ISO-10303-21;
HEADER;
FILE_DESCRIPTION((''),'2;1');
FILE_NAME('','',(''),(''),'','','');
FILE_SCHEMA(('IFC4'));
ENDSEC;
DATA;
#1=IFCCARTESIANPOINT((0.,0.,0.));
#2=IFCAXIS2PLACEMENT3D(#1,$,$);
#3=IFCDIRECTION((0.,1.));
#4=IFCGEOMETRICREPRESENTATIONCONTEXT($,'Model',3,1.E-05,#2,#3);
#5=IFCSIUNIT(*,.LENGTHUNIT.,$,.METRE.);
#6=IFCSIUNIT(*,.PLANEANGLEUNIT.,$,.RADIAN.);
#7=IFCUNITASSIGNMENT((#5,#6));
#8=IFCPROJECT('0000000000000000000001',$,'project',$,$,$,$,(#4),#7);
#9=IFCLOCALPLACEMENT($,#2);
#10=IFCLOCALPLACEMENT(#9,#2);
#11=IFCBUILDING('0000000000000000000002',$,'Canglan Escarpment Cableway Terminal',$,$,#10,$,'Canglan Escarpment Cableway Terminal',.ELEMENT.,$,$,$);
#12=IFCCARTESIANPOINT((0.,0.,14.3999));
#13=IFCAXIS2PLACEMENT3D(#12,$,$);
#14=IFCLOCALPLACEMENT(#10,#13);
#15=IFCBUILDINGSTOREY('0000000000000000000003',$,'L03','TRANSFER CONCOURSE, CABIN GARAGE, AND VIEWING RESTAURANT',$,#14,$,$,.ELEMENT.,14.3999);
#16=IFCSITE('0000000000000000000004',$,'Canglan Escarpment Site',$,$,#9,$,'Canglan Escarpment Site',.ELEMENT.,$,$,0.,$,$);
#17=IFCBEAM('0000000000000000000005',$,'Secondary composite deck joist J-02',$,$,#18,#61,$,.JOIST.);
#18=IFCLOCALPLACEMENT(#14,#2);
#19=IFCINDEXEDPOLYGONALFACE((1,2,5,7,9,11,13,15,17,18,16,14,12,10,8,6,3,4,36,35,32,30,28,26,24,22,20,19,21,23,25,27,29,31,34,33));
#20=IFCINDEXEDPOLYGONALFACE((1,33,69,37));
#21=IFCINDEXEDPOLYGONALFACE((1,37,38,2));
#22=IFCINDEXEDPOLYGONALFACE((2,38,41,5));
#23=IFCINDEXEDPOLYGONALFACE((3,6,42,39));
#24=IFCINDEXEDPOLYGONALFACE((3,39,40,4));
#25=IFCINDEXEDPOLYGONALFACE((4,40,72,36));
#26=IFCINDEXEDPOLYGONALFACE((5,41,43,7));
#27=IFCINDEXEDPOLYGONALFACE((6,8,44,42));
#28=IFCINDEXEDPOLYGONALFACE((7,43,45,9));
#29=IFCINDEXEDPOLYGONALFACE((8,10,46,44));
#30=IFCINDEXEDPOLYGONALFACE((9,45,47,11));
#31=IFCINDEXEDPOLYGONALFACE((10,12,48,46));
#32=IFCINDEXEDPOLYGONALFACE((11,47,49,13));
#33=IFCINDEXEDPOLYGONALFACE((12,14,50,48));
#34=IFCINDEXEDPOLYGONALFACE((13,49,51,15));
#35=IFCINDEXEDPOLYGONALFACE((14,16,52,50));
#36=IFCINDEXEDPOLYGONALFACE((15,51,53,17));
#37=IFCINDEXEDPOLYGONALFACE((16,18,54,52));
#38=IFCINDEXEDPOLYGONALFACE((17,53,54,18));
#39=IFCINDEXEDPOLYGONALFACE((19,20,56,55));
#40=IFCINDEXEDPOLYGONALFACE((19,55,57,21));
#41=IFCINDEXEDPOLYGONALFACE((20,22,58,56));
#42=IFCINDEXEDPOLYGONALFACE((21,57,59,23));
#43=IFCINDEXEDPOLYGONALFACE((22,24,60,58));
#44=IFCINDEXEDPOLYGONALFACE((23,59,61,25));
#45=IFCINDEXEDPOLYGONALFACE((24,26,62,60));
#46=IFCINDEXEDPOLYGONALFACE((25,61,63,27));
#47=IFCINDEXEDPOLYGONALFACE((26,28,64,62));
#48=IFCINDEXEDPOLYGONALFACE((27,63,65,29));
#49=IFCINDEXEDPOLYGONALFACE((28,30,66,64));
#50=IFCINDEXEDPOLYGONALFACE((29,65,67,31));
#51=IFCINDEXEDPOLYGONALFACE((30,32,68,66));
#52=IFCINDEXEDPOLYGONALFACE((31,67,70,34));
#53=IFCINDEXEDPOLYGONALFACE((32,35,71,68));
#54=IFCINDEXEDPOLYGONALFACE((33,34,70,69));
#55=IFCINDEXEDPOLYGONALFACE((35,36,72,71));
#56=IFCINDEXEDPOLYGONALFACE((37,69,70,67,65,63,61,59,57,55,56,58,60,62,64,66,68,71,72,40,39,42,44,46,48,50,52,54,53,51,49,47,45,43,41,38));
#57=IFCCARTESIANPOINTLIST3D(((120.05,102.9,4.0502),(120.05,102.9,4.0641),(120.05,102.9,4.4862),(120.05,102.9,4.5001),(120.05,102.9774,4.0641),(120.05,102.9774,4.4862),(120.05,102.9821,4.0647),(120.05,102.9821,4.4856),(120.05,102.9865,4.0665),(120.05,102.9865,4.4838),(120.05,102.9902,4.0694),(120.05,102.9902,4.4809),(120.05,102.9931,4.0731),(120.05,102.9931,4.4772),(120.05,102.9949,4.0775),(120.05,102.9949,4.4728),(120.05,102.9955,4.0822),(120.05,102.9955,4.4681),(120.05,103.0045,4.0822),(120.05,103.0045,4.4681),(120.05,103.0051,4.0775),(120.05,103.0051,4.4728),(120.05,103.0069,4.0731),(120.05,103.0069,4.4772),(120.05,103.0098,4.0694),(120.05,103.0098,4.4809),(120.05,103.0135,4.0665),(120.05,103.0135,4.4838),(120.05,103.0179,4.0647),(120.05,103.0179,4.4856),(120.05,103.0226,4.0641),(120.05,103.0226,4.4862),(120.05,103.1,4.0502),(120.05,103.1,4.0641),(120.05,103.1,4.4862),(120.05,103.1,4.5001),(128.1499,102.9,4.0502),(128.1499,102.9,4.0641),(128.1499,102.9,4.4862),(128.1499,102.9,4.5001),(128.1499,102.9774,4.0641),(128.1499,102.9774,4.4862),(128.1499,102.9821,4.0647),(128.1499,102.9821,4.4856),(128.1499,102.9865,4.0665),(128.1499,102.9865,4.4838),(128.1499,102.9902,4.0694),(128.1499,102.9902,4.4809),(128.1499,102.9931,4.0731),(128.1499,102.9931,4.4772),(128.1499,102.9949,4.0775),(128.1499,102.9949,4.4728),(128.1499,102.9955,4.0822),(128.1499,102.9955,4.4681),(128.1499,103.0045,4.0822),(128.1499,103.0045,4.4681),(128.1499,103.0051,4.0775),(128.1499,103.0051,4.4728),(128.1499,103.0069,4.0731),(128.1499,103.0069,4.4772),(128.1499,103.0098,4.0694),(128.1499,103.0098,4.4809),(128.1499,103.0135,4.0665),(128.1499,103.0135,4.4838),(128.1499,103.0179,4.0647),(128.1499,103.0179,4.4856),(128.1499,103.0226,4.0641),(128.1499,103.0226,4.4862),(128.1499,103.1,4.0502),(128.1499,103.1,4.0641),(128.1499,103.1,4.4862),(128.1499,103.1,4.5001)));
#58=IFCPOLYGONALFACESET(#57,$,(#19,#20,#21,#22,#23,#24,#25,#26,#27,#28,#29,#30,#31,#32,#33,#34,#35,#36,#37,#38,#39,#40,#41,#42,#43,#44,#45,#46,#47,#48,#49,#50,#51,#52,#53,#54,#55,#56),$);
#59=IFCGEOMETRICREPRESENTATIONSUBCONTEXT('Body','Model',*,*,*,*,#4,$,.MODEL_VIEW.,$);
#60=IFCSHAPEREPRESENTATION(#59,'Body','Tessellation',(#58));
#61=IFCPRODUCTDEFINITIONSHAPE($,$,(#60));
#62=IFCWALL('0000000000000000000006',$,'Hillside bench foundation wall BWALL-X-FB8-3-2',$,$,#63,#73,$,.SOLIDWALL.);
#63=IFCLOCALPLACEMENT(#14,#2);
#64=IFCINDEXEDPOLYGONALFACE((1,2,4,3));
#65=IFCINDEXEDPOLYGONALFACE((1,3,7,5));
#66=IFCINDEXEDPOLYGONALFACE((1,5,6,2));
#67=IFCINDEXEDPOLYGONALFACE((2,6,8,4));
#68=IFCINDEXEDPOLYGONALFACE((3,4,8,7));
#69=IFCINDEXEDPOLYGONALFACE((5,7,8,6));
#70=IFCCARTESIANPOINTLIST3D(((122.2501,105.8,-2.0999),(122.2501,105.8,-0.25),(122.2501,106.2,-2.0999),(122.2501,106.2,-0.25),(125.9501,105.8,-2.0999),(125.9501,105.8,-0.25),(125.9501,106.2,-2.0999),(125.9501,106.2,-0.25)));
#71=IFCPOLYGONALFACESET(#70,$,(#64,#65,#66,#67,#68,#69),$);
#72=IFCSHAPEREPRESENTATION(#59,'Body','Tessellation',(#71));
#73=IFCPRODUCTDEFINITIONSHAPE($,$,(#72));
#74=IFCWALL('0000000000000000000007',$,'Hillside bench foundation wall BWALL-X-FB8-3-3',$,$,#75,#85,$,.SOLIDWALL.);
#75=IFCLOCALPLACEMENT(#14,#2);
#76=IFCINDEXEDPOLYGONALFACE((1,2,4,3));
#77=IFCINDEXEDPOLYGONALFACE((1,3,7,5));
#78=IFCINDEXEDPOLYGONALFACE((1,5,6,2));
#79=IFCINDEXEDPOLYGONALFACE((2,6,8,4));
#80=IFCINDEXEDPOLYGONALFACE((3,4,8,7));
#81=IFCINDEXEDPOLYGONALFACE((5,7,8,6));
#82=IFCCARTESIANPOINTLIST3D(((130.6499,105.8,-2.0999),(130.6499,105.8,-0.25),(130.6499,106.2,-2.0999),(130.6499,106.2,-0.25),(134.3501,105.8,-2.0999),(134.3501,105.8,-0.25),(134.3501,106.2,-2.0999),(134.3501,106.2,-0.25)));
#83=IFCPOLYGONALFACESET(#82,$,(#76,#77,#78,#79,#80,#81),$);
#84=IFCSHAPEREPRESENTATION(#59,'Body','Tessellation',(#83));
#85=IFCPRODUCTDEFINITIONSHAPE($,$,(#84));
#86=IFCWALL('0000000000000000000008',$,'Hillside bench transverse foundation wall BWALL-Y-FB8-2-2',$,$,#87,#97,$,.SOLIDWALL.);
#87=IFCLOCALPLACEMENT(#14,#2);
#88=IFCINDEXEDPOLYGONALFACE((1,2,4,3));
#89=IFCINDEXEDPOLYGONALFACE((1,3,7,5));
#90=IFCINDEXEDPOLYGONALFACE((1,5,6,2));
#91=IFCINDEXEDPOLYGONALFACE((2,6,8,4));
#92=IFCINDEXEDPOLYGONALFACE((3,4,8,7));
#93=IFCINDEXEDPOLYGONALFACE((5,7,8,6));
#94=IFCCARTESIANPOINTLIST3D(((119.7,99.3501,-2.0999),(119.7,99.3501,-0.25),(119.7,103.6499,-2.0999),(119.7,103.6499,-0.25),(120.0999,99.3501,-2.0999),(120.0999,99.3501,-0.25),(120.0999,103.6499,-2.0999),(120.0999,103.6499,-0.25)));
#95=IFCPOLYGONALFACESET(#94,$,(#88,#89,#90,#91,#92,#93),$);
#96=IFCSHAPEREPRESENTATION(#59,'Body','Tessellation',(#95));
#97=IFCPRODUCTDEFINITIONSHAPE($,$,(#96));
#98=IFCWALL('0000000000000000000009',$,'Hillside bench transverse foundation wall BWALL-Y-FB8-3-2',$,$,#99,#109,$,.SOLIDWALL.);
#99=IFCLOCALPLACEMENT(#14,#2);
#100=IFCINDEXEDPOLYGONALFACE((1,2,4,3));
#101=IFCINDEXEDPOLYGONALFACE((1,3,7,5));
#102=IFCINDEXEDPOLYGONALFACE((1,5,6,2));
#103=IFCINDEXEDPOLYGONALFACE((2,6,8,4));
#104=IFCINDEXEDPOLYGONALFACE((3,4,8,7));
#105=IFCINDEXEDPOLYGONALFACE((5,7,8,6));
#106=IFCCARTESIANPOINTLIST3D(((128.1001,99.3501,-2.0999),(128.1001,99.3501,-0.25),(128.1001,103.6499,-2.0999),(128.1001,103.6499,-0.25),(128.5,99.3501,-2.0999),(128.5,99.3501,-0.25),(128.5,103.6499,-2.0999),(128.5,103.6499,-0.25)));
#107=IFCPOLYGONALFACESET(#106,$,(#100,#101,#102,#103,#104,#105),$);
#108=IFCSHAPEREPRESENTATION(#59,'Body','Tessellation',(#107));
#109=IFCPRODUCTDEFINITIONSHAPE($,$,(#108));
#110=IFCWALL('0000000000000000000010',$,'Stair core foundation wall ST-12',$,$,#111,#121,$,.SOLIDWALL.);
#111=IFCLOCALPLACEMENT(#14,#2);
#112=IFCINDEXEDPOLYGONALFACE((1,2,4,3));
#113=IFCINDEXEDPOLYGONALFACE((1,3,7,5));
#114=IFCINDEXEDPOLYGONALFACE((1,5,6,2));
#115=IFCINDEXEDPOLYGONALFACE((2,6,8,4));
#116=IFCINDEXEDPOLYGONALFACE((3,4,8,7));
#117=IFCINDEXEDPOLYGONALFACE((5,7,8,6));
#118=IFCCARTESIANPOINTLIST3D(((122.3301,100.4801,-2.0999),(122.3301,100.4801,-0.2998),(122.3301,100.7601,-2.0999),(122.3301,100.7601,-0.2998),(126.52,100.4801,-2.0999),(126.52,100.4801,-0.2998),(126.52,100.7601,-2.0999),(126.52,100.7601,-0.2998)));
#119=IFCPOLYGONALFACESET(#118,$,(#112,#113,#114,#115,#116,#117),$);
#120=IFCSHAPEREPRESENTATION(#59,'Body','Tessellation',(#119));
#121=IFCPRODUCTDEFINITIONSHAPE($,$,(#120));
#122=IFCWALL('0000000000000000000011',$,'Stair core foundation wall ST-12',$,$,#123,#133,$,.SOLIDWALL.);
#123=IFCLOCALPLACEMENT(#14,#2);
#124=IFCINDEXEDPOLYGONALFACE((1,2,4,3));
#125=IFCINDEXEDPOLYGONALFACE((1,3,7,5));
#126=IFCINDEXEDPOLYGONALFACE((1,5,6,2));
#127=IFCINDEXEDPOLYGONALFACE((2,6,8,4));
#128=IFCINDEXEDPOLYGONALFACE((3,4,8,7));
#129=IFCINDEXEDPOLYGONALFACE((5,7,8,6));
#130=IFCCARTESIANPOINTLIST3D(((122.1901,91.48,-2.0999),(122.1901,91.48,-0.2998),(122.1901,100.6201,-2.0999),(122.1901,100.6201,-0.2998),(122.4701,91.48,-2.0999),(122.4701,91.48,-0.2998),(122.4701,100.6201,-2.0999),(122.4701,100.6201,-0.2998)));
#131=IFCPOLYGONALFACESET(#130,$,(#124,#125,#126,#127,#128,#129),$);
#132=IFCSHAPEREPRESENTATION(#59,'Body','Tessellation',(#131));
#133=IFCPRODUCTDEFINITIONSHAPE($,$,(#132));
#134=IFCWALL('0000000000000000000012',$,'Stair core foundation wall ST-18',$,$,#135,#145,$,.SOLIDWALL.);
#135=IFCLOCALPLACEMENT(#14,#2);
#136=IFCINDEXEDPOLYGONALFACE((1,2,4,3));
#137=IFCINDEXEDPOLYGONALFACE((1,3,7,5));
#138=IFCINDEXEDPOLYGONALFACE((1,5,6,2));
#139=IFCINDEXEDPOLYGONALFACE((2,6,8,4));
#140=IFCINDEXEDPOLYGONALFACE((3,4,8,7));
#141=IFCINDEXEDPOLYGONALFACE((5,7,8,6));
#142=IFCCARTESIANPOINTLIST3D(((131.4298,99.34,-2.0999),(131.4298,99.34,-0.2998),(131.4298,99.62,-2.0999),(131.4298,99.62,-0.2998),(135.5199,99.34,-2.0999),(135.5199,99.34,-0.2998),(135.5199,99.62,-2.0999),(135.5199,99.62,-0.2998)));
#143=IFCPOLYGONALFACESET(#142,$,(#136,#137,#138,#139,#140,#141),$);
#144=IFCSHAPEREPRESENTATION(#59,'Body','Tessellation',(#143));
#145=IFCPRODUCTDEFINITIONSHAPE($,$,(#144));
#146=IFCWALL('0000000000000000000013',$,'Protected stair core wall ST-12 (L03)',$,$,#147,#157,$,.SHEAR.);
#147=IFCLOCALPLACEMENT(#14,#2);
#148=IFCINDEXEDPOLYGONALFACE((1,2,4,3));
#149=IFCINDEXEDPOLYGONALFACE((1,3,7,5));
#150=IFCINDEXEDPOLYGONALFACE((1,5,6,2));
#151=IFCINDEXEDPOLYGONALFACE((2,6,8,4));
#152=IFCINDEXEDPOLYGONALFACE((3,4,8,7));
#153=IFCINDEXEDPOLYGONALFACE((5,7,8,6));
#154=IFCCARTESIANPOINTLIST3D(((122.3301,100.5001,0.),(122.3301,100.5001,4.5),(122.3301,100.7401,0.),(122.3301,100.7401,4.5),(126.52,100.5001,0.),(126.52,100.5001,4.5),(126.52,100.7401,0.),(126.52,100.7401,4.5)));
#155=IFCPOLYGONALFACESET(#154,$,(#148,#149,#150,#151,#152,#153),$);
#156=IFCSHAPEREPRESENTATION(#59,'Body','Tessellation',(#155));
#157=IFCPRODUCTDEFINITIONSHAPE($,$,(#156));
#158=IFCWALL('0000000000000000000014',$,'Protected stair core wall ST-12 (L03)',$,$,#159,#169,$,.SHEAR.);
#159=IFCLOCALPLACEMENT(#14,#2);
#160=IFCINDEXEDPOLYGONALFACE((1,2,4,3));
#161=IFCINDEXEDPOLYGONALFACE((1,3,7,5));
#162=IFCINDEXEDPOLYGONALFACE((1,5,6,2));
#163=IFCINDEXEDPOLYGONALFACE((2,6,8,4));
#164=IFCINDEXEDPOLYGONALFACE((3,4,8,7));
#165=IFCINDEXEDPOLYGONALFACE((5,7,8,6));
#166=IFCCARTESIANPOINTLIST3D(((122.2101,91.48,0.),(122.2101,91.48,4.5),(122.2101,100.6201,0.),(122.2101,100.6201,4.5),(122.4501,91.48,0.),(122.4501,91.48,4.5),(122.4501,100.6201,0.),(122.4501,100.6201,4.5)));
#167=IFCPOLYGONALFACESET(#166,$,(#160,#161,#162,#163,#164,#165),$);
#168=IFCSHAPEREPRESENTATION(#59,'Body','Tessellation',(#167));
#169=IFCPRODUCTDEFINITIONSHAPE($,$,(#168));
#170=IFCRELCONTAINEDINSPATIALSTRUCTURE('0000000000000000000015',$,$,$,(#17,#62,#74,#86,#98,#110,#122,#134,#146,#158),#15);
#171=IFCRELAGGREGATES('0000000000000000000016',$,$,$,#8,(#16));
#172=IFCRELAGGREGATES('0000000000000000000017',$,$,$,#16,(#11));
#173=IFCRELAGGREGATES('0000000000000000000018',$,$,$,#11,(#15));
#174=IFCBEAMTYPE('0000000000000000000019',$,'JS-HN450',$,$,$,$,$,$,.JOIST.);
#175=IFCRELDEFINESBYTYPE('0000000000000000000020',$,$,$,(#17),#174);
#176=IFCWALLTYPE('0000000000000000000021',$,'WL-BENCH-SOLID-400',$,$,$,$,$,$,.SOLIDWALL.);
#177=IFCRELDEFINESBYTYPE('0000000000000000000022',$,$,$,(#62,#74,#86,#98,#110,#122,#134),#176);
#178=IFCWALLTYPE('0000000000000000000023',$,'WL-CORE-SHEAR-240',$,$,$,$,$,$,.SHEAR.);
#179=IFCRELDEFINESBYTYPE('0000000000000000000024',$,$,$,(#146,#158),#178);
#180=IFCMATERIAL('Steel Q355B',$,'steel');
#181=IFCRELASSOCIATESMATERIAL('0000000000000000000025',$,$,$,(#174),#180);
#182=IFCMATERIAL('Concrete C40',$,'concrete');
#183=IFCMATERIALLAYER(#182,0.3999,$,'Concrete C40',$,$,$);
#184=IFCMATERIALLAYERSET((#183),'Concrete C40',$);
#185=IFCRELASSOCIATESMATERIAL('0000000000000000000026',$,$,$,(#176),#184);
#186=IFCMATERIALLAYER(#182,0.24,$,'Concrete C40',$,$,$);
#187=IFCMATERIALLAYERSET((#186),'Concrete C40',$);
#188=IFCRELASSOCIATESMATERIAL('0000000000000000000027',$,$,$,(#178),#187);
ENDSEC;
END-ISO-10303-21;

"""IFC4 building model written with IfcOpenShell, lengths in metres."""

from ifc_helpers import new_model, si_unit, direction, frame, frame_2d, origin, origin_2d, place, context, subcontext, project, spatial, rectangle, i_section, extrude, material, layer, layer_set, material_profile, profile_set, type_object, element, save


model = new_model("IFC4")

# Units and contexts
model_context = context("Model", 3, precision=1e-05, world=origin(), true_north=direction((0.0, 1.0)))
body_context = subcontext(model_context, "Body", "Model", "MODEL_VIEW")
ifc_project = project(units=[si_unit("LENGTHUNIT", "METRE"), si_unit("PLANEANGLEUNIT", "RADIAN")], contexts=[model_context])

# Site, building, storey
site_placement = place(None, origin())
site = spatial("IfcSite", under=ifc_project, at=site_placement, Name="Canglan Escarpment Site", LongName="Canglan Escarpment Site", CompositionType="ELEMENT", RefElevation=0.0)
building_placement = place(site_placement, origin())
building = spatial("IfcBuilding", under=site, at=building_placement, Name="Canglan Escarpment Cableway Terminal", LongName="Canglan Escarpment Cableway Terminal", CompositionType="ELEMENT")
storey_placement = place(building_placement, frame((0.0, 0.0, 14.3999)))
storey = spatial("IfcBuildingStorey", under=building, at=storey_placement, Name="L03", Description="TRANSFER CONCOURSE, CABIN GARAGE, AND VIEWING RESTAURANT", CompositionType="ELEMENT", Elevation=14.3999)

# Shared definitions
ifc_material_1 = material(Name="Concrete C40", Category="concrete")

# Beam
ifc_material_2 = material(Name="Steel Q355B", Category="steel")
ifc_material_profile_1 = material_profile(ifc_material_2, i_section(OverallWidth=0.2, OverallDepth=0.45, WebThickness=0.009, FlangeThickness=0.0139, FilletRadius=0.0181, at=origin_2d()), Name="HN 450x200x9x14")
ifc_profile_set_1 = profile_set([ifc_material_profile_1], Name="Steel Q355B")
beam_type_1 = type_object("IfcBeamType", Name="JS-HN450", PredefinedType="JOIST", material=ifc_profile_set_1)
beam_1_placement = place(storey_placement, frame((120.05, 103.0, 4.2751), z_axis=(1.0, 0.0, 0.0), x_axis=(0.0, 1.0, 0.0)))
element("IfcBeam", 1, at=beam_1_placement, inside=storey, type_object=beam_type_1, Name="Secondary composite deck joist J-02", PredefinedType="JOIST", context=body_context, shape_type="SweptSolid", body=[
    extrude(i_section(OverallWidth=0.2, OverallDepth=0.45, WebThickness=0.009, FlangeThickness=0.0139, FilletRadius=0.0181, at=origin_2d()), origin(), (0.0, 0.0, 1.0), 8.0999),
])

# Walls
ifc_layer_1 = layer(ifc_material_1, 0.3999, Name="Concrete C40")
ifc_layer_set_1 = layer_set([ifc_layer_1], Name="Concrete C40")
wall_type_1 = type_object("IfcWallType", Name="WL-BENCH-SOLID-400", PredefinedType="SOLIDWALL", material=ifc_layer_set_1)
wall_1_placement = place(storey_placement, frame((122.25, 106.0, -2.0999), z_axis=(0.0, 0.0, 1.0), x_axis=(1.0, 0.0, 0.0)))
element("IfcWall", 2, at=wall_1_placement, inside=storey, type_object=wall_type_1, Name="Hillside bench foundation wall BWALL-X-FB8-3-2", PredefinedType="SOLIDWALL", context=body_context, shape_type="SweptSolid", body=[
    extrude(rectangle(XDim=3.7, YDim=0.3999, at=frame_2d((1.8501, 0.0))), origin(), (0.0, 0.0, 1.0), 1.8499),
])
wall_2_placement = place(storey_placement, frame((130.6499, 106.0, -2.0999), z_axis=(0.0, 0.0, 1.0), x_axis=(1.0, 0.0, 0.0)))
element("IfcWall", 3, at=wall_2_placement, inside=storey, type_object=wall_type_1, Name="Hillside bench foundation wall BWALL-X-FB8-3-3", PredefinedType="SOLIDWALL", context=body_context, shape_type="SweptSolid", body=[
    extrude(rectangle(XDim=3.7002, YDim=0.3999, at=frame_2d((1.8501, 0.0))), origin(), (0.0, 0.0, 1.0), 1.8499),
])
for number, where, z_axis, x_axis, name in (
    (4, (119.8999, 99.3501, -2.0999), (0.0, 0.0, 1.0), (0.0, 1.0, 0.0), "Hillside bench transverse foundation wall BWALL-Y-FB8-2-2"),
    (5, (128.3, 99.3501, -2.0999), (0.0, 0.0, 1.0), (0.0, 1.0, 0.0), "Hillside bench transverse foundation wall BWALL-Y-FB8-3-2"),
):
    element("IfcWall", number, at=place(storey_placement, frame(where, z_axis=z_axis, x_axis=x_axis)), inside=storey, type_object=wall_type_1, Name=name, PredefinedType="SOLIDWALL", context=body_context, shape_type="SweptSolid", body=[
        extrude(rectangle(XDim=4.2998, YDim=0.3999, at=frame_2d((2.1499, 0.0))), origin(), (0.0, 0.0, 1.0), 1.8499),
    ])
wall_3_placement = place(storey_placement, frame((126.52, 100.6201, -2.0999), z_axis=(0.0, 0.0, 1.0), x_axis=(-1.0, 0.0, 0.0)))
element("IfcWall", 6, at=wall_3_placement, inside=storey, type_object=wall_type_1, Name="Stair core foundation wall ST-12", PredefinedType="SOLIDWALL", context=body_context, shape_type="SweptSolid", body=[
    extrude(rectangle(XDim=4.1899, YDim=0.28, at=frame_2d((2.095, 0.0))), origin(), (0.0, 0.0, 1.0), 1.8),
])
wall_4_placement = place(storey_placement, frame((122.3301, 100.6201, -2.0999), z_axis=(0.0, 0.0, 1.0), x_axis=(0.0, -1.0, 0.0)))
element("IfcWall", 7, at=wall_4_placement, inside=storey, type_object=wall_type_1, Name="Stair core foundation wall ST-12", PredefinedType="SOLIDWALL", context=body_context, shape_type="SweptSolid", body=[
    extrude(rectangle(XDim=9.1401, YDim=0.28, at=frame_2d((4.5701, 0.0))), origin(), (0.0, 0.0, 1.0), 1.8),
])
wall_5_placement = place(storey_placement, frame((131.4299, 99.48, -2.0999), z_axis=(0.0, 0.0, 1.0), x_axis=(1.0, 0.0, 0.0)))
element("IfcWall", 8, at=wall_5_placement, inside=storey, type_object=wall_type_1, Name="Stair core foundation wall ST-18", PredefinedType="SOLIDWALL", context=body_context, shape_type="SweptSolid", body=[
    extrude(rectangle(XDim=4.0901, YDim=0.28, at=frame_2d((2.0449, 0.0))), origin(), (0.0, 0.0, 1.0), 1.8),
])
ifc_layer_2 = layer(ifc_material_1, 0.24, Name="Concrete C40")
ifc_layer_set_2 = layer_set([ifc_layer_2], Name="Concrete C40")
wall_type_2 = type_object("IfcWallType", Name="WL-CORE-SHEAR-240", PredefinedType="SHEAR", material=ifc_layer_set_2)
wall_6_placement = place(storey_placement, frame((126.52, 100.6201, 0.0), z_axis=(0.0, 0.0, 1.0), x_axis=(-1.0, 0.0, 0.0)))
element("IfcWall", 9, at=wall_6_placement, inside=storey, type_object=wall_type_2, Name="Protected stair core wall ST-12 (L03)", PredefinedType="SHEAR", context=body_context, shape_type="SweptSolid", body=[
    extrude(rectangle(XDim=4.1899, YDim=0.24, at=frame_2d((2.095, 0.0))), origin(), (0.0, 0.0, 1.0), 4.5),
])
wall_7_placement = place(storey_placement, frame((122.3301, 100.6201, 0.0), z_axis=(0.0, 0.0, 1.0), x_axis=(0.0, -1.0, 0.0)))
element("IfcWall", 10, at=wall_7_placement, inside=storey, type_object=wall_type_2, Name="Protected stair core wall ST-12 (L03)", PredefinedType="SHEAR", context=body_context, shape_type="SweptSolid", body=[
    extrude(rectangle(XDim=9.1401, YDim=0.24, at=frame_2d((4.5701, 0.0))), origin(), (0.0, 0.0, 1.0), 4.5),
])

save(model, "model.ifc")
